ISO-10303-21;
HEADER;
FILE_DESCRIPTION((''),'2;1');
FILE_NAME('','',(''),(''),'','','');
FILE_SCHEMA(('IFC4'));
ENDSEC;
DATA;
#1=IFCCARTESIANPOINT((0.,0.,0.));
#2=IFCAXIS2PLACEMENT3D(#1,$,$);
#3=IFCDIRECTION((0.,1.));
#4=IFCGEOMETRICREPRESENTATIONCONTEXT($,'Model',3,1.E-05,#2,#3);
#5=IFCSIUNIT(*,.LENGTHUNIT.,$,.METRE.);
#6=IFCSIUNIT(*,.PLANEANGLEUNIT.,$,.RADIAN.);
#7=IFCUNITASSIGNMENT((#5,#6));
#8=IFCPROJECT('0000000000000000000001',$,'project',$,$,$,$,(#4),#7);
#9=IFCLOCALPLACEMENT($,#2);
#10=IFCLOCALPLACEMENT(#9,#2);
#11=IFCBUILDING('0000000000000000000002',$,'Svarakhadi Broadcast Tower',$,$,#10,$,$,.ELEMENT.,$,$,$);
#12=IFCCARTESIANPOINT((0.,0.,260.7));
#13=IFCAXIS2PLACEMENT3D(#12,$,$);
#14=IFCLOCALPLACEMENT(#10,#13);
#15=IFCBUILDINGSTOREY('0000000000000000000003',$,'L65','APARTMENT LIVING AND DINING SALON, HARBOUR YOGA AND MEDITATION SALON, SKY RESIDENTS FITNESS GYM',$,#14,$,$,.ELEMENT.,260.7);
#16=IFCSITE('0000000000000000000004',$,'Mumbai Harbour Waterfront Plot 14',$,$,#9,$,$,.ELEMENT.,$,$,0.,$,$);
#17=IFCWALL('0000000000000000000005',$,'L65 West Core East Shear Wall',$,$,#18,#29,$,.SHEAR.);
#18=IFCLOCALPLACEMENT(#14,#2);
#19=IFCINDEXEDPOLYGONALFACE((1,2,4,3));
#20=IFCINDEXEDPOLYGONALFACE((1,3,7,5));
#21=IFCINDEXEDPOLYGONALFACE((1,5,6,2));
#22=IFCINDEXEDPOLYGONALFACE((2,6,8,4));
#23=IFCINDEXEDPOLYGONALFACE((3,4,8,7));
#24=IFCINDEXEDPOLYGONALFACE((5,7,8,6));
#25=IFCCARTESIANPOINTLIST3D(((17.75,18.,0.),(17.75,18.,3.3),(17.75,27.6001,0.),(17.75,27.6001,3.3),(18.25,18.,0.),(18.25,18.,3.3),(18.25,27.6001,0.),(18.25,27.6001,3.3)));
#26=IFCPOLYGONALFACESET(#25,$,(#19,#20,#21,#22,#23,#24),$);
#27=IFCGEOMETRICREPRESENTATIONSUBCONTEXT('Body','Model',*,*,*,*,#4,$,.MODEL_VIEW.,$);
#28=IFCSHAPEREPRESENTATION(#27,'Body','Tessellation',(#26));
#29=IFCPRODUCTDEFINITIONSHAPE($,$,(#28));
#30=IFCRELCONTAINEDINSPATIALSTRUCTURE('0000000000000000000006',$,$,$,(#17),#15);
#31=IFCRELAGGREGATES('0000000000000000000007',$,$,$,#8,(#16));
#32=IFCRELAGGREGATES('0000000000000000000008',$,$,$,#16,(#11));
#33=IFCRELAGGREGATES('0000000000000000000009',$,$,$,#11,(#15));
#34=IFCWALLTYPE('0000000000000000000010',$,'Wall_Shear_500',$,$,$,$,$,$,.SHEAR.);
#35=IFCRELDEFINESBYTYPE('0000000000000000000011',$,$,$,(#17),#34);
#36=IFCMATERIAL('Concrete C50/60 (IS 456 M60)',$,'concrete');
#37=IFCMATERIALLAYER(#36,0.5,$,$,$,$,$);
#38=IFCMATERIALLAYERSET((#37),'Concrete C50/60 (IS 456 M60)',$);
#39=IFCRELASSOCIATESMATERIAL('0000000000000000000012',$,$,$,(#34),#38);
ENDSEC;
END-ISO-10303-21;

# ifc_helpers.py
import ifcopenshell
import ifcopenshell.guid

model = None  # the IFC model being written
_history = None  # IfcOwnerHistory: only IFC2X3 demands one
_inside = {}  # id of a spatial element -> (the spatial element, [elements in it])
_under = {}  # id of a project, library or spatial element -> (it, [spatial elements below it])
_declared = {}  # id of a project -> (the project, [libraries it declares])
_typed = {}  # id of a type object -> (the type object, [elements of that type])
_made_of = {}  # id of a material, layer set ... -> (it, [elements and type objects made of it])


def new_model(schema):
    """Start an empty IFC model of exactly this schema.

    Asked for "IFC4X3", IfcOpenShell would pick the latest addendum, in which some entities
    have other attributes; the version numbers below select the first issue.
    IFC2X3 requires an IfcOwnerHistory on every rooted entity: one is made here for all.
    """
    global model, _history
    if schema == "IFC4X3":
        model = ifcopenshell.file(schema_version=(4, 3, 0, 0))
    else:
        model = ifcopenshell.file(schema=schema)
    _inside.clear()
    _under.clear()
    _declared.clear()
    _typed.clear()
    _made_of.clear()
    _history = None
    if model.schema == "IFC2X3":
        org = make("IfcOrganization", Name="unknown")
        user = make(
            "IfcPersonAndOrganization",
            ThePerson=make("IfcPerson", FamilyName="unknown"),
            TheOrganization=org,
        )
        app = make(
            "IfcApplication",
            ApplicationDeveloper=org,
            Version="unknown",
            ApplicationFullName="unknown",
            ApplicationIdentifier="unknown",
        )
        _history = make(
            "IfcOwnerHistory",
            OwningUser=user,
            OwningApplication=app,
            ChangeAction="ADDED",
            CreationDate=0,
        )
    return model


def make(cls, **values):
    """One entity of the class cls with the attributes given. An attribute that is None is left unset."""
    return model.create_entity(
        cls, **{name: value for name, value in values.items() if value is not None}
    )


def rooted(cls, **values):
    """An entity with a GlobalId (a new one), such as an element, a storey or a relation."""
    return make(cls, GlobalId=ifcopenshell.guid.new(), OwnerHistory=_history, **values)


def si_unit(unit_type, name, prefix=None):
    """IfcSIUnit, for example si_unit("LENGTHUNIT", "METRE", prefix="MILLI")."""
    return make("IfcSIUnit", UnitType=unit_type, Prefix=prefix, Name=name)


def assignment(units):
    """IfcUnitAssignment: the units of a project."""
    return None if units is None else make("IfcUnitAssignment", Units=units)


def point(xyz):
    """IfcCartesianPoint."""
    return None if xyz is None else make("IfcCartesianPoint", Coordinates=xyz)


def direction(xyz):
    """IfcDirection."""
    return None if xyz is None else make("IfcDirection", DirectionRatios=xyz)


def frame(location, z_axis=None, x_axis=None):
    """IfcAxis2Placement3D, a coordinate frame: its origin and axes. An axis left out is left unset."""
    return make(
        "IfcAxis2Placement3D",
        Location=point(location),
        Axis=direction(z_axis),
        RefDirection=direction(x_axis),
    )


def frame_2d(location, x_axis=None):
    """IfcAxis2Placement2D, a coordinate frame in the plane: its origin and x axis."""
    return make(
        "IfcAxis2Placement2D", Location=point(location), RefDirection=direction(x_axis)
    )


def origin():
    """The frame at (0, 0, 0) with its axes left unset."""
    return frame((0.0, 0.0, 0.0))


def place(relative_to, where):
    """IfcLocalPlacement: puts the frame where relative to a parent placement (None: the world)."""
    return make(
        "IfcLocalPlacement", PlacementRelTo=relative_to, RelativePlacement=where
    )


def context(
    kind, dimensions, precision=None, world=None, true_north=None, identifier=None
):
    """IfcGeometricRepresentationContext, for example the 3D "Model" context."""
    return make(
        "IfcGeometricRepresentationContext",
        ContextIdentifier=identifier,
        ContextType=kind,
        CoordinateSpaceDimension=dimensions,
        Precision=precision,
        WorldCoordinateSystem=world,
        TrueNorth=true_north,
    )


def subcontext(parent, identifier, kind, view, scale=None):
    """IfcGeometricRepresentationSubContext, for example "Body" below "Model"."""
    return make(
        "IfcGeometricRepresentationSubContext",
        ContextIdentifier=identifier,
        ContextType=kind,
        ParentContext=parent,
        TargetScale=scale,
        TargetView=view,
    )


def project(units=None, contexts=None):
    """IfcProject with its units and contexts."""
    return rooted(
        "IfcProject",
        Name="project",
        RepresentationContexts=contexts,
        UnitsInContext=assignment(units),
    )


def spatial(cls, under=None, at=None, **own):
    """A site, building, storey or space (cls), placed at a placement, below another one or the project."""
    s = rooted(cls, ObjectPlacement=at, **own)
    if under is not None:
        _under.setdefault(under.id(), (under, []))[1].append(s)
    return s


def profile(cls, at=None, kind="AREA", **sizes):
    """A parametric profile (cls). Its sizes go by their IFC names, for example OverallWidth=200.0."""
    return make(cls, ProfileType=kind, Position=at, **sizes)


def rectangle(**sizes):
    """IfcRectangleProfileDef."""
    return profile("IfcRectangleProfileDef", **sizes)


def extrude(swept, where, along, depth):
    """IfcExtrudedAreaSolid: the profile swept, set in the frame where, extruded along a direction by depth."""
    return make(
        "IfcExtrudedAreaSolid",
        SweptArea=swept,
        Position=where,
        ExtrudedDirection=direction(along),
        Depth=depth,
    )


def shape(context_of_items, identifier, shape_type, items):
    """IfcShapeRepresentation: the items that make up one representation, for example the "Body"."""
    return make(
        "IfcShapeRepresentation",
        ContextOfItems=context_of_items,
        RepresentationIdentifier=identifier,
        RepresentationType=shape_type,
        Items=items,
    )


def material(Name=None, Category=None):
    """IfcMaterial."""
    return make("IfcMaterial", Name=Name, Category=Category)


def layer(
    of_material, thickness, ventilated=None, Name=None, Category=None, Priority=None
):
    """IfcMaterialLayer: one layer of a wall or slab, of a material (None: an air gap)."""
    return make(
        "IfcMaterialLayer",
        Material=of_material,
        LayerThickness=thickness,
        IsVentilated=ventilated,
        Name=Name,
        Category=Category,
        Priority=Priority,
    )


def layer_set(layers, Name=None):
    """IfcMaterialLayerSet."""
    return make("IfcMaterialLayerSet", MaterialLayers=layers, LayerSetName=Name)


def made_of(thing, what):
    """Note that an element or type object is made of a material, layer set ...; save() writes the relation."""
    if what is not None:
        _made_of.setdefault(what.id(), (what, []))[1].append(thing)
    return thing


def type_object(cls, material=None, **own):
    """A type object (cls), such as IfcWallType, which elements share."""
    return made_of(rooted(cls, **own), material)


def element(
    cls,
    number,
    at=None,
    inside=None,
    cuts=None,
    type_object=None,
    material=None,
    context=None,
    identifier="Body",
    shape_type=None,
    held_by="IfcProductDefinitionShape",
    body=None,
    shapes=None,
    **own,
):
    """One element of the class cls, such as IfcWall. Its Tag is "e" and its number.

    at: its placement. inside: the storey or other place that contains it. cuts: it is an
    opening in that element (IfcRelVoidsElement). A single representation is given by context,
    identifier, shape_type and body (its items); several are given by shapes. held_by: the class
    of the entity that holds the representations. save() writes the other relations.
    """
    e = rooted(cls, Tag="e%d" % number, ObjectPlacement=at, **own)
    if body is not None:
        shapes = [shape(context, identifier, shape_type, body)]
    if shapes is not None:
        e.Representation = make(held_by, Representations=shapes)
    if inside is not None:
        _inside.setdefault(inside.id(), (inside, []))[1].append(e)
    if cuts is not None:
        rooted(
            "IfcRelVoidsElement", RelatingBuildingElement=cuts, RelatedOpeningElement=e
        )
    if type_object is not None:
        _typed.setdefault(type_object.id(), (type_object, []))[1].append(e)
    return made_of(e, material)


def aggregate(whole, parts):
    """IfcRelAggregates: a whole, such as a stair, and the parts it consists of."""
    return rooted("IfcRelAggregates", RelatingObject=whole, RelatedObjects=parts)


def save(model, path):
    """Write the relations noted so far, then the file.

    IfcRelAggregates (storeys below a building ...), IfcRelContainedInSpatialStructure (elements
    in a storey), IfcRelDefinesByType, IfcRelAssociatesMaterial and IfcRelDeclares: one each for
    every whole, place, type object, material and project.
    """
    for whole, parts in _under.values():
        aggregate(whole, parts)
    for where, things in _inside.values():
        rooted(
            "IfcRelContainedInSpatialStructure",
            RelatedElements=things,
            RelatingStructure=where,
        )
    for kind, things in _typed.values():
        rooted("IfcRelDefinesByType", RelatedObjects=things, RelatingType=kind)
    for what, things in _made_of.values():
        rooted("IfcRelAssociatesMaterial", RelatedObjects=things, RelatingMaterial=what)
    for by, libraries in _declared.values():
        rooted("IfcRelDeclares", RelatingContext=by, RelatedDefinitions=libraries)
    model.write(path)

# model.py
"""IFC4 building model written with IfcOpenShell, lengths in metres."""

from ifc_helpers import new_model, si_unit, direction, frame, frame_2d, origin, place, context, subcontext, project, spatial, rectangle, extrude, material, layer, layer_set, type_object, element, save


model = new_model("IFC4")

# Units and contexts
model_context = context("Model", 3, precision=1e-05, world=origin(), true_north=direction((0.0, 1.0)))
body_context = subcontext(model_context, "Body", "Model", "MODEL_VIEW")
ifc_project = project(units=[si_unit("LENGTHUNIT", "METRE"), si_unit("PLANEANGLEUNIT", "RADIAN")], contexts=[model_context])

# Site, building, storey
site_placement = place(None, origin())
site = spatial("IfcSite", under=ifc_project, at=site_placement, Name="Mumbai Harbour Waterfront Plot 14", CompositionType="ELEMENT", RefElevation=0.0)
building_placement = place(site_placement, origin())
building = spatial("IfcBuilding", under=site, at=building_placement, Name="Svarakhadi Broadcast Tower", CompositionType="ELEMENT")
storey_placement = place(building_placement, frame((0.0, 0.0, 260.7)))
storey = spatial("IfcBuildingStorey", under=building, at=storey_placement, Name="L65", Description="APARTMENT LIVING AND DINING SALON, HARBOUR YOGA AND MEDITATION SALON, SKY RESIDENTS FITNESS GYM", CompositionType="ELEMENT", Elevation=260.7)

# Shared definitions
ifc_material_1 = material(Name="Concrete C50/60 (IS 456 M60)", Category="concrete")

# Wall
ifc_layer_1 = layer(ifc_material_1, 0.5)
ifc_layer_set_1 = layer_set([ifc_layer_1], Name="Concrete C50/60 (IS 456 M60)")
wall_type_1 = type_object("IfcWallType", Name="Wall_Shear_500", PredefinedType="SHEAR", material=ifc_layer_set_1)
wall_1_placement = place(storey_placement, frame((18.0, 18.0, 0.0), z_axis=(0.0, 0.0, 1.0), x_axis=(0.0, 1.0, 0.0)))
element("IfcWall", 1, at=wall_1_placement, inside=storey, type_object=wall_type_1, Name="L65 West Core East Shear Wall", PredefinedType="SHEAR", context=body_context, shape_type="SweptSolid", body=[
    extrude(rectangle(XDim=9.6001, YDim=0.5, at=frame_2d((4.8, 0.0))), origin(), (0.0, 0.0, 1.0), 3.3),
])

save(model, "model.ifc")
